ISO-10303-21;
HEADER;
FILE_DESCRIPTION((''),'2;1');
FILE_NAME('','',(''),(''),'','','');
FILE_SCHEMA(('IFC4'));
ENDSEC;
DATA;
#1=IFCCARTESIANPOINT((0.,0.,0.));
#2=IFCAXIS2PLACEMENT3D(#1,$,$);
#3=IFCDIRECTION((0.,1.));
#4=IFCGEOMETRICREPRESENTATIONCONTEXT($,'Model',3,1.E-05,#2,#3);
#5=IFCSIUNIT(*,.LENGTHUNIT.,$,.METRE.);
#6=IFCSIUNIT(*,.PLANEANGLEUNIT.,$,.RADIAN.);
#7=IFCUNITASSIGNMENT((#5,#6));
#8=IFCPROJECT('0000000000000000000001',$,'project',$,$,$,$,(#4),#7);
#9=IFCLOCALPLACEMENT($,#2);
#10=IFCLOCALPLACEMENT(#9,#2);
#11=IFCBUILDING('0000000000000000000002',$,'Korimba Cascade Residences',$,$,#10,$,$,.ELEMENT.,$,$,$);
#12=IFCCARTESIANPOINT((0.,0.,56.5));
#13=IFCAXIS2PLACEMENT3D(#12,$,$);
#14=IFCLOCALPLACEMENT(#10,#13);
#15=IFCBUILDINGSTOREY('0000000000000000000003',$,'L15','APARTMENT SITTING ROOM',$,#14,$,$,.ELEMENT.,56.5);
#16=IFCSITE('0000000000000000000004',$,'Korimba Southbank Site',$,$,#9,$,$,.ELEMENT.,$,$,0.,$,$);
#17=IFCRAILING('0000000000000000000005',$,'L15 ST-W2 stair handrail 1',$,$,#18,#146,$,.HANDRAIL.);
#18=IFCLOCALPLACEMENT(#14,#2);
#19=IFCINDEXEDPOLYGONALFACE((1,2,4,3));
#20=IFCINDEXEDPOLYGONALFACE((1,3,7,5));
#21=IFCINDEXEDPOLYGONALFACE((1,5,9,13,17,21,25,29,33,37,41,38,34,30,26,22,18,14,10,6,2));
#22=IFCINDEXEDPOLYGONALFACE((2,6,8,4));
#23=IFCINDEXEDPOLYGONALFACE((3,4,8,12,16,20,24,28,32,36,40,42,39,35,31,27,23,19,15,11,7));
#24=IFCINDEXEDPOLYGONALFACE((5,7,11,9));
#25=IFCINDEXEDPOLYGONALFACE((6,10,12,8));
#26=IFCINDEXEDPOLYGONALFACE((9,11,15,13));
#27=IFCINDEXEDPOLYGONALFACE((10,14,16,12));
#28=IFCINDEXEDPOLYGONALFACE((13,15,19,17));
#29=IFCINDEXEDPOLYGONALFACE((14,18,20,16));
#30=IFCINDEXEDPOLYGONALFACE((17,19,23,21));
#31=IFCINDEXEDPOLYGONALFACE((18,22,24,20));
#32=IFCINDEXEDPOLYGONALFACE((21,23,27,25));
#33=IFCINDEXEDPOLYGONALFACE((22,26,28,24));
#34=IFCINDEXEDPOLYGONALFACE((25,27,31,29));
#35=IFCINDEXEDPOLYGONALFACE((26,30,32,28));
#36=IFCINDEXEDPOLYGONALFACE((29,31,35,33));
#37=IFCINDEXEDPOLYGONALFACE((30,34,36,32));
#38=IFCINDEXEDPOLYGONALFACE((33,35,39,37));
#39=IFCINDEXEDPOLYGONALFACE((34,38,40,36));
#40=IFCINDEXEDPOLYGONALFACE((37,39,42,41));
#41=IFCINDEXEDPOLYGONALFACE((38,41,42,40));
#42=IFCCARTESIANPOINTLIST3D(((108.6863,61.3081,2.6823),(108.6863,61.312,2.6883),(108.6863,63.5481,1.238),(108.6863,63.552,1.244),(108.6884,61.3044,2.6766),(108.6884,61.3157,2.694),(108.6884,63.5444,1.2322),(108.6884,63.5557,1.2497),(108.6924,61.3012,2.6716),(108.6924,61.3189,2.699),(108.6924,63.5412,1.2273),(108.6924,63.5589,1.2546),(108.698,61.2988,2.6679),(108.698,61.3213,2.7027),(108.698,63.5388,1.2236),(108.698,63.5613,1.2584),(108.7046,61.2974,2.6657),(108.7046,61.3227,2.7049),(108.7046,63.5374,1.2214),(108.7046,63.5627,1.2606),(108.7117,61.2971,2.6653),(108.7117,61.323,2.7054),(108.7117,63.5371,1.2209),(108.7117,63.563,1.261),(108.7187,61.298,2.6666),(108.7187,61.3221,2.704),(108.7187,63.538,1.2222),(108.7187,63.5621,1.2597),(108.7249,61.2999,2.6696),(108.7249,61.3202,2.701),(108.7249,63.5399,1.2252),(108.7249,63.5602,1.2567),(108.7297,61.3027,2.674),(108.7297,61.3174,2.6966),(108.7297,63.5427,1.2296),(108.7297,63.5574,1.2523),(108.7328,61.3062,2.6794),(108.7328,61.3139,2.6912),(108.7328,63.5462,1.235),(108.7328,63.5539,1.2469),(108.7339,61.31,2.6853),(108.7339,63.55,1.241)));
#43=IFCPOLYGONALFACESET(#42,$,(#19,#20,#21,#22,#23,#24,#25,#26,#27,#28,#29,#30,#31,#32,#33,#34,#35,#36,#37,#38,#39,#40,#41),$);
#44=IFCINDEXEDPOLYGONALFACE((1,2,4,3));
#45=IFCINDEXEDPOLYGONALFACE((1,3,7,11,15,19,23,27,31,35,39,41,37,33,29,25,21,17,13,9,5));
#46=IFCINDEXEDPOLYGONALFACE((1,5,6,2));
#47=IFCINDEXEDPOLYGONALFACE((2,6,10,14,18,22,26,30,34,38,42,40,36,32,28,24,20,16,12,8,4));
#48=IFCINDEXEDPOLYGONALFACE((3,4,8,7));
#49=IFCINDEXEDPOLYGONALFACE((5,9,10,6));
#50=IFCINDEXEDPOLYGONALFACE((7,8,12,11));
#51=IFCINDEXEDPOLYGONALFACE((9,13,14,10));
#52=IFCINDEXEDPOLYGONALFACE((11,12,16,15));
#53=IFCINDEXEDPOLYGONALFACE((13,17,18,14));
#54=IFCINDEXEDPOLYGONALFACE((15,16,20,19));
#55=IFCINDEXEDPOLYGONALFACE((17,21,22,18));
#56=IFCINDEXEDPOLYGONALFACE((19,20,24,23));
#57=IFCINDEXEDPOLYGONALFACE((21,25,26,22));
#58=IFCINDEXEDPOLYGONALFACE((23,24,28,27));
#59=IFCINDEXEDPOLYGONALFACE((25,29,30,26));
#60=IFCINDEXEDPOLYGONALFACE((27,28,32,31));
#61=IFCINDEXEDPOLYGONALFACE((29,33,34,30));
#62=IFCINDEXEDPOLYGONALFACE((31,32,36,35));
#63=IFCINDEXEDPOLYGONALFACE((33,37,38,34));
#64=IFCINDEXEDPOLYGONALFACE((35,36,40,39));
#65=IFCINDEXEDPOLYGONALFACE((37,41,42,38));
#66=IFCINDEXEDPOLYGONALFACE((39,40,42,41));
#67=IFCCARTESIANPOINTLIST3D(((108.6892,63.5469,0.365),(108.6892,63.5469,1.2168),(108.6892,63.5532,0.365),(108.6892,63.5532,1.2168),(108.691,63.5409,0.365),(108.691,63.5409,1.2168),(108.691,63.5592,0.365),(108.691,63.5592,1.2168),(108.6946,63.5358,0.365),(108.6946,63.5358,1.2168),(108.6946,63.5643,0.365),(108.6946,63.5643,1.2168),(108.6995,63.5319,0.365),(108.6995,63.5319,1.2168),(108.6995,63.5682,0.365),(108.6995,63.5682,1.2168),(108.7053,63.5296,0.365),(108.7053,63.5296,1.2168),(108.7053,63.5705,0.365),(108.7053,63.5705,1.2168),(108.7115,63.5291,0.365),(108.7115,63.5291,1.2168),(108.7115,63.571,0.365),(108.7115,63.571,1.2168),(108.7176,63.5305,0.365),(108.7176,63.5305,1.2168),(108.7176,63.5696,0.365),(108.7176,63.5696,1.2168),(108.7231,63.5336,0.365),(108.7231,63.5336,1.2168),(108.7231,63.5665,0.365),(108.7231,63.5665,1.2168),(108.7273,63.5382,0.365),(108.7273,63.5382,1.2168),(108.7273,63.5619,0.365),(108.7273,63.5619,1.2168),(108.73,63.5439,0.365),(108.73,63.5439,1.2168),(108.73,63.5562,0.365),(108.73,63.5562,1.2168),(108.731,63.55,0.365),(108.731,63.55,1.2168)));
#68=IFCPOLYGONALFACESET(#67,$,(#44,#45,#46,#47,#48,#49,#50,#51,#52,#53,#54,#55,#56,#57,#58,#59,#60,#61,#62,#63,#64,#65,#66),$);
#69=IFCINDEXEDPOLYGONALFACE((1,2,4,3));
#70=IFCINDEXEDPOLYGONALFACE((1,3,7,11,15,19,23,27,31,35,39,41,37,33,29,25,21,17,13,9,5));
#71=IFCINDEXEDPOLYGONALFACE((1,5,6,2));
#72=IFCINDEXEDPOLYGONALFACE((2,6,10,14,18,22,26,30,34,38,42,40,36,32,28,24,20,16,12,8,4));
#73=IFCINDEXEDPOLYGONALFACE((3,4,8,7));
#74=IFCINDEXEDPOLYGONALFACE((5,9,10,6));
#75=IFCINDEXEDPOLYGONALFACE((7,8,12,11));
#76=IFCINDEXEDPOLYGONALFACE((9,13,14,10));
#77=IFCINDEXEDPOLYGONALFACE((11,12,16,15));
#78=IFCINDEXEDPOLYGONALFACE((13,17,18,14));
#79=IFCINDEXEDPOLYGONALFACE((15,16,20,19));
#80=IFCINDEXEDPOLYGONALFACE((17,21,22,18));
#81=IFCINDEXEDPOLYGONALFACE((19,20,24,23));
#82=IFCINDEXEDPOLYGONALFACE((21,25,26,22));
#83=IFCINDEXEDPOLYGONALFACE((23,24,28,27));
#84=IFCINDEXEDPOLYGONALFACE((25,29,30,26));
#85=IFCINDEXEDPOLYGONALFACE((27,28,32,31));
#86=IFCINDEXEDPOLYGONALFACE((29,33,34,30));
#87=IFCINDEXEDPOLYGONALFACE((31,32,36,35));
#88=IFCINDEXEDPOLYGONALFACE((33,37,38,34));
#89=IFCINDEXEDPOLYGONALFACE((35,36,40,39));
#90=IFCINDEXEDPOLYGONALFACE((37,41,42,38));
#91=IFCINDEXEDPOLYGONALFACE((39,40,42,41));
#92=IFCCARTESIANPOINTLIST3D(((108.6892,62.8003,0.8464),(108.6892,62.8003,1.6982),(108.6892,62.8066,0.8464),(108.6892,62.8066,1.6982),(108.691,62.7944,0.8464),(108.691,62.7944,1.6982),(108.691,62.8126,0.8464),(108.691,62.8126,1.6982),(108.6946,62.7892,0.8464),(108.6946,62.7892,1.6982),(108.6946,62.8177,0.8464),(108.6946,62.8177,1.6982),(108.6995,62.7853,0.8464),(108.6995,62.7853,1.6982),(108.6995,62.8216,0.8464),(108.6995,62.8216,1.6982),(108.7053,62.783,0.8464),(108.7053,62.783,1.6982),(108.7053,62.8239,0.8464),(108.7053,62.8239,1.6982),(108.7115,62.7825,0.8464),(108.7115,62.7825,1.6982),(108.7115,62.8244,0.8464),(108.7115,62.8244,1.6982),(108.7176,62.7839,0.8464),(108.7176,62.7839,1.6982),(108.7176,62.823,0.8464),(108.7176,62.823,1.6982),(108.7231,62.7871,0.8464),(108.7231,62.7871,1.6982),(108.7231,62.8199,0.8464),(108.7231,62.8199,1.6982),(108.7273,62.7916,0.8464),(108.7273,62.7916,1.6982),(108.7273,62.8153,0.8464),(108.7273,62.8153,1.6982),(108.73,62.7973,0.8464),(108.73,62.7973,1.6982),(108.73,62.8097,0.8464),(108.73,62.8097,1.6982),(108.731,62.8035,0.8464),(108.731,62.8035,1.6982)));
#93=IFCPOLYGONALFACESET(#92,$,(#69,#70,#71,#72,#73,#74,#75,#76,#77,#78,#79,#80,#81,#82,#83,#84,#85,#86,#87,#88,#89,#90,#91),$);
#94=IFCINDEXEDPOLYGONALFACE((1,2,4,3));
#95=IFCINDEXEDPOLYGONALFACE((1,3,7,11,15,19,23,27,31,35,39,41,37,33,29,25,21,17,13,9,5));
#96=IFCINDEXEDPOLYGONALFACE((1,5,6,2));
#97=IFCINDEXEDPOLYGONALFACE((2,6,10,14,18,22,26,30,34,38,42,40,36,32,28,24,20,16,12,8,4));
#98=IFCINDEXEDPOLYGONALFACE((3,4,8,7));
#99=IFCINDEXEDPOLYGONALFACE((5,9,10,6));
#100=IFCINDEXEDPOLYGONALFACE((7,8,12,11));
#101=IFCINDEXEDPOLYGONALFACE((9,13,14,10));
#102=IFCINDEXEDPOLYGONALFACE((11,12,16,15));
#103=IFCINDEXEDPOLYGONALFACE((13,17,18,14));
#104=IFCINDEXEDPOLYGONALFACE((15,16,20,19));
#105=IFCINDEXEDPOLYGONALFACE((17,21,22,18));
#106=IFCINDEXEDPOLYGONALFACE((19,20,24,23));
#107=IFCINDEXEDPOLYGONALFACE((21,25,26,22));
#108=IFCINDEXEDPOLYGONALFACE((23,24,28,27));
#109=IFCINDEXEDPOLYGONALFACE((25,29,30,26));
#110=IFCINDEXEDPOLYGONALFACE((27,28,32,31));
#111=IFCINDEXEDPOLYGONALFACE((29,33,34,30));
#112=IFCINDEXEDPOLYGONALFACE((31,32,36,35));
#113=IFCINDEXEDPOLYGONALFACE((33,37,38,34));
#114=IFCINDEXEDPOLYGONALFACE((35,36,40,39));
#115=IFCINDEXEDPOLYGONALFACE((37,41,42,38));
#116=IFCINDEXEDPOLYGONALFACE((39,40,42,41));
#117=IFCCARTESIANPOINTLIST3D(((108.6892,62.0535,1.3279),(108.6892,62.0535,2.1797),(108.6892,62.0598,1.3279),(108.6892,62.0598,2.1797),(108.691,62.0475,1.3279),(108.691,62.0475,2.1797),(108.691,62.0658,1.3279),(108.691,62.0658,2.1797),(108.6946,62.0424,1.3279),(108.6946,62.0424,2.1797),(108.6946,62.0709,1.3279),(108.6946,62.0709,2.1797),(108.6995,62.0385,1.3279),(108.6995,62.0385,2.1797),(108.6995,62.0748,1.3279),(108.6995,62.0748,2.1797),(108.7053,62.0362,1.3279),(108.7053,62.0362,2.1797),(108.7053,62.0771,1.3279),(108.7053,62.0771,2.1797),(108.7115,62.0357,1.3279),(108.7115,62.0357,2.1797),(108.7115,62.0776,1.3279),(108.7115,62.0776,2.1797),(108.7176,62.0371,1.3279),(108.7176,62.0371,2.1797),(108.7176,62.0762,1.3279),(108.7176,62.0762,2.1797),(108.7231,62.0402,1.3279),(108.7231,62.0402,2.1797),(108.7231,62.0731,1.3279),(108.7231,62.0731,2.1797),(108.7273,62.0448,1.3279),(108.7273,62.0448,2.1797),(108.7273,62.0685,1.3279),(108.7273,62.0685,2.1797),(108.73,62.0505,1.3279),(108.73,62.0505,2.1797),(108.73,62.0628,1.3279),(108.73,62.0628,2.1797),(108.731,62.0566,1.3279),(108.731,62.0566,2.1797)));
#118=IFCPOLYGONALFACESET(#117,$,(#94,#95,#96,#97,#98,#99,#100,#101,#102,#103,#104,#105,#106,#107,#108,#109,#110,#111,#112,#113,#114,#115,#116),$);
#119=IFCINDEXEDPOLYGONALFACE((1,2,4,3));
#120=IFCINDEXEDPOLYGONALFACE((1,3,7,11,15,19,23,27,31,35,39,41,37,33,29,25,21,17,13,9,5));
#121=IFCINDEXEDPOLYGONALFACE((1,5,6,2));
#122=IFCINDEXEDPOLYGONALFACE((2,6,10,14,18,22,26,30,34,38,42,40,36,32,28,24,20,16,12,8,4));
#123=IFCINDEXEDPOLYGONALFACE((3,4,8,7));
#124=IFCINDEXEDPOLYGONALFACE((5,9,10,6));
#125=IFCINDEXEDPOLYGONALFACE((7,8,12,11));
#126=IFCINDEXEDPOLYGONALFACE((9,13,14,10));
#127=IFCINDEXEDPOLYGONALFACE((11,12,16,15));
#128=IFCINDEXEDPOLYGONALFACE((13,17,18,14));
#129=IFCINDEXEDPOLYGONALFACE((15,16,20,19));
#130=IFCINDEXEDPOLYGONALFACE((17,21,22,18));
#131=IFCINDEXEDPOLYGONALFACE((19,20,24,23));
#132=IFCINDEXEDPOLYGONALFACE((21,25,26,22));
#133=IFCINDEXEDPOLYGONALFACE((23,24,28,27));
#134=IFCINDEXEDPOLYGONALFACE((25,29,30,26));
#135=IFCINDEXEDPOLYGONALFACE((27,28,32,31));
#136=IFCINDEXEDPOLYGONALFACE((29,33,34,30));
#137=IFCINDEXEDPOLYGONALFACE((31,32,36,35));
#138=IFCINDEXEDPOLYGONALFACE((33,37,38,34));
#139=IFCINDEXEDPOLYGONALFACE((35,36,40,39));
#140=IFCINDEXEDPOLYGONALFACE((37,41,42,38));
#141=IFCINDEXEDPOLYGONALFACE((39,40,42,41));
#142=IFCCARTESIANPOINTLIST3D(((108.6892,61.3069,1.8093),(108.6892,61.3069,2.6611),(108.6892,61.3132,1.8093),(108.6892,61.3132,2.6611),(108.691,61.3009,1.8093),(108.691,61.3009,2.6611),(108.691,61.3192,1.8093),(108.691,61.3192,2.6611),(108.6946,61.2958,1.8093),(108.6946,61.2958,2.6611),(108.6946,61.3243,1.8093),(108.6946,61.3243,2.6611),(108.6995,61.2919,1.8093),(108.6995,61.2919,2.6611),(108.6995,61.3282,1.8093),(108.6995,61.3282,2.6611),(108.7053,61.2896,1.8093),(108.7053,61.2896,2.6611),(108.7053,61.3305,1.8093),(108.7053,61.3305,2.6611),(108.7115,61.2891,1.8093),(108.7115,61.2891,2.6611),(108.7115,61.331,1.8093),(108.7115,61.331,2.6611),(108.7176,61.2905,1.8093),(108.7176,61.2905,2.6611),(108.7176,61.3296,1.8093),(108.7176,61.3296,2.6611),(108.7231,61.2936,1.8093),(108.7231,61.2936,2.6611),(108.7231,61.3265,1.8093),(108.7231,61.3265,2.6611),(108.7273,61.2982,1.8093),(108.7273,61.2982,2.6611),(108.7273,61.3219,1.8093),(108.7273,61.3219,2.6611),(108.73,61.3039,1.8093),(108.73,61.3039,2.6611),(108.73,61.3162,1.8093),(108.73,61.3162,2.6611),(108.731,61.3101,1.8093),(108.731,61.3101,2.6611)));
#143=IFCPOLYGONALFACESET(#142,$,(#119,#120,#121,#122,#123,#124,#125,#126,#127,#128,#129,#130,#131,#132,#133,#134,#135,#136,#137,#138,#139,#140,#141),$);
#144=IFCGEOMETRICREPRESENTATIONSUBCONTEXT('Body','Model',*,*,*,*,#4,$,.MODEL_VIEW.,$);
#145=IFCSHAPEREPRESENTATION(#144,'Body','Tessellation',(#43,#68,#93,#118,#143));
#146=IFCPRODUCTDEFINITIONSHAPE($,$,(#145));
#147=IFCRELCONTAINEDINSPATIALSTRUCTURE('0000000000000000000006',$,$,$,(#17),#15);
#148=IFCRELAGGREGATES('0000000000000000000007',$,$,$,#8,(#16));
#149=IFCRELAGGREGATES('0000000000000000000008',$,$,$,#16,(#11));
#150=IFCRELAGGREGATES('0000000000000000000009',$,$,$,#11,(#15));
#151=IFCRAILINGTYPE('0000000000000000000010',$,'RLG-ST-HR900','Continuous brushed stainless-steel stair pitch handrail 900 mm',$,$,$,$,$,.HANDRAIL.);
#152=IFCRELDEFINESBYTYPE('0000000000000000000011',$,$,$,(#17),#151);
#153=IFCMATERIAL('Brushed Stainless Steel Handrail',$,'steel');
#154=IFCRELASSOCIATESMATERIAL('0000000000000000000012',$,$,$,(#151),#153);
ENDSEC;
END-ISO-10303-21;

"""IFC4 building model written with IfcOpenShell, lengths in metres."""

from ifc_helpers import new_model, si_unit, direction, frame, origin, origin_2d, place, context, subcontext, project, spatial, circle, extrude, material, type_object, element, save


model = new_model("IFC4")

# Units and contexts
model_context = context("Model", 3, precision=1e-05, world=origin(), true_north=direction((0.0, 1.0)))
body_context = subcontext(model_context, "Body", "Model", "MODEL_VIEW")
ifc_project = project(units=[si_unit("LENGTHUNIT", "METRE"), si_unit("PLANEANGLEUNIT", "RADIAN")], contexts=[model_context])

# Site, building, storey
site_placement = place(None, origin())
site = spatial("IfcSite", under=ifc_project, at=site_placement, Name="Korimba Southbank Site", CompositionType="ELEMENT", RefElevation=0.0)
building_placement = place(site_placement, origin())
building = spatial("IfcBuilding", under=site, at=building_placement, Name="Korimba Cascade Residences", CompositionType="ELEMENT")
storey_placement = place(building_placement, frame((0.0, 0.0, 56.5)))
storey = spatial("IfcBuildingStorey", under=building, at=storey_placement, Name="L15", Description="APARTMENT SITTING ROOM", CompositionType="ELEMENT", Elevation=56.5)

# Railing
ifc_material_1 = material(Name="Brushed Stainless Steel Handrail", Category="steel")
railing_type_1 = type_object("IfcRailingType", Name="RLG-ST-HR900", Description="Continuous brushed stainless-steel stair pitch handrail 900 mm", PredefinedType="HANDRAIL", material=ifc_material_1)
railing_1_placement = place(storey_placement, frame((108.71, 63.55, 0.365)))
element("IfcRailing", 1, at=railing_1_placement, inside=storey, type_object=railing_type_1, Name="L15 ST-W2 stair handrail 1", PredefinedType="HANDRAIL", context=body_context, shape_type="SweptSolid", body=[
    extrude(circle(Radius=0.0239, at=origin_2d()), frame((0.0, 0.0, 0.876), z_axis=(0.0, -0.840437, 0.54191), x_axis=(1.0, 0.0, 0.0)), (0.0, 0.0, 1.0), 2.6653),
    extrude(circle(Radius=0.021, at=origin_2d()), origin(), (0.0, 0.0, 1.0), 0.8518),
    extrude(circle(Radius=0.021, at=origin_2d()), frame((0.0, -0.7466, 0.4814)), (0.0, 0.0, 1.0), 0.8518),
    extrude(circle(Radius=0.021, at=origin_2d()), frame((0.0, -1.4934, 0.9629)), (0.0, 0.0, 1.0), 0.8518),
    extrude(circle(Radius=0.021, at=origin_2d()), frame((0.0, -2.24, 1.4443)), (0.0, 0.0, 1.0), 0.8518),
])

save(model, "model.ifc")
